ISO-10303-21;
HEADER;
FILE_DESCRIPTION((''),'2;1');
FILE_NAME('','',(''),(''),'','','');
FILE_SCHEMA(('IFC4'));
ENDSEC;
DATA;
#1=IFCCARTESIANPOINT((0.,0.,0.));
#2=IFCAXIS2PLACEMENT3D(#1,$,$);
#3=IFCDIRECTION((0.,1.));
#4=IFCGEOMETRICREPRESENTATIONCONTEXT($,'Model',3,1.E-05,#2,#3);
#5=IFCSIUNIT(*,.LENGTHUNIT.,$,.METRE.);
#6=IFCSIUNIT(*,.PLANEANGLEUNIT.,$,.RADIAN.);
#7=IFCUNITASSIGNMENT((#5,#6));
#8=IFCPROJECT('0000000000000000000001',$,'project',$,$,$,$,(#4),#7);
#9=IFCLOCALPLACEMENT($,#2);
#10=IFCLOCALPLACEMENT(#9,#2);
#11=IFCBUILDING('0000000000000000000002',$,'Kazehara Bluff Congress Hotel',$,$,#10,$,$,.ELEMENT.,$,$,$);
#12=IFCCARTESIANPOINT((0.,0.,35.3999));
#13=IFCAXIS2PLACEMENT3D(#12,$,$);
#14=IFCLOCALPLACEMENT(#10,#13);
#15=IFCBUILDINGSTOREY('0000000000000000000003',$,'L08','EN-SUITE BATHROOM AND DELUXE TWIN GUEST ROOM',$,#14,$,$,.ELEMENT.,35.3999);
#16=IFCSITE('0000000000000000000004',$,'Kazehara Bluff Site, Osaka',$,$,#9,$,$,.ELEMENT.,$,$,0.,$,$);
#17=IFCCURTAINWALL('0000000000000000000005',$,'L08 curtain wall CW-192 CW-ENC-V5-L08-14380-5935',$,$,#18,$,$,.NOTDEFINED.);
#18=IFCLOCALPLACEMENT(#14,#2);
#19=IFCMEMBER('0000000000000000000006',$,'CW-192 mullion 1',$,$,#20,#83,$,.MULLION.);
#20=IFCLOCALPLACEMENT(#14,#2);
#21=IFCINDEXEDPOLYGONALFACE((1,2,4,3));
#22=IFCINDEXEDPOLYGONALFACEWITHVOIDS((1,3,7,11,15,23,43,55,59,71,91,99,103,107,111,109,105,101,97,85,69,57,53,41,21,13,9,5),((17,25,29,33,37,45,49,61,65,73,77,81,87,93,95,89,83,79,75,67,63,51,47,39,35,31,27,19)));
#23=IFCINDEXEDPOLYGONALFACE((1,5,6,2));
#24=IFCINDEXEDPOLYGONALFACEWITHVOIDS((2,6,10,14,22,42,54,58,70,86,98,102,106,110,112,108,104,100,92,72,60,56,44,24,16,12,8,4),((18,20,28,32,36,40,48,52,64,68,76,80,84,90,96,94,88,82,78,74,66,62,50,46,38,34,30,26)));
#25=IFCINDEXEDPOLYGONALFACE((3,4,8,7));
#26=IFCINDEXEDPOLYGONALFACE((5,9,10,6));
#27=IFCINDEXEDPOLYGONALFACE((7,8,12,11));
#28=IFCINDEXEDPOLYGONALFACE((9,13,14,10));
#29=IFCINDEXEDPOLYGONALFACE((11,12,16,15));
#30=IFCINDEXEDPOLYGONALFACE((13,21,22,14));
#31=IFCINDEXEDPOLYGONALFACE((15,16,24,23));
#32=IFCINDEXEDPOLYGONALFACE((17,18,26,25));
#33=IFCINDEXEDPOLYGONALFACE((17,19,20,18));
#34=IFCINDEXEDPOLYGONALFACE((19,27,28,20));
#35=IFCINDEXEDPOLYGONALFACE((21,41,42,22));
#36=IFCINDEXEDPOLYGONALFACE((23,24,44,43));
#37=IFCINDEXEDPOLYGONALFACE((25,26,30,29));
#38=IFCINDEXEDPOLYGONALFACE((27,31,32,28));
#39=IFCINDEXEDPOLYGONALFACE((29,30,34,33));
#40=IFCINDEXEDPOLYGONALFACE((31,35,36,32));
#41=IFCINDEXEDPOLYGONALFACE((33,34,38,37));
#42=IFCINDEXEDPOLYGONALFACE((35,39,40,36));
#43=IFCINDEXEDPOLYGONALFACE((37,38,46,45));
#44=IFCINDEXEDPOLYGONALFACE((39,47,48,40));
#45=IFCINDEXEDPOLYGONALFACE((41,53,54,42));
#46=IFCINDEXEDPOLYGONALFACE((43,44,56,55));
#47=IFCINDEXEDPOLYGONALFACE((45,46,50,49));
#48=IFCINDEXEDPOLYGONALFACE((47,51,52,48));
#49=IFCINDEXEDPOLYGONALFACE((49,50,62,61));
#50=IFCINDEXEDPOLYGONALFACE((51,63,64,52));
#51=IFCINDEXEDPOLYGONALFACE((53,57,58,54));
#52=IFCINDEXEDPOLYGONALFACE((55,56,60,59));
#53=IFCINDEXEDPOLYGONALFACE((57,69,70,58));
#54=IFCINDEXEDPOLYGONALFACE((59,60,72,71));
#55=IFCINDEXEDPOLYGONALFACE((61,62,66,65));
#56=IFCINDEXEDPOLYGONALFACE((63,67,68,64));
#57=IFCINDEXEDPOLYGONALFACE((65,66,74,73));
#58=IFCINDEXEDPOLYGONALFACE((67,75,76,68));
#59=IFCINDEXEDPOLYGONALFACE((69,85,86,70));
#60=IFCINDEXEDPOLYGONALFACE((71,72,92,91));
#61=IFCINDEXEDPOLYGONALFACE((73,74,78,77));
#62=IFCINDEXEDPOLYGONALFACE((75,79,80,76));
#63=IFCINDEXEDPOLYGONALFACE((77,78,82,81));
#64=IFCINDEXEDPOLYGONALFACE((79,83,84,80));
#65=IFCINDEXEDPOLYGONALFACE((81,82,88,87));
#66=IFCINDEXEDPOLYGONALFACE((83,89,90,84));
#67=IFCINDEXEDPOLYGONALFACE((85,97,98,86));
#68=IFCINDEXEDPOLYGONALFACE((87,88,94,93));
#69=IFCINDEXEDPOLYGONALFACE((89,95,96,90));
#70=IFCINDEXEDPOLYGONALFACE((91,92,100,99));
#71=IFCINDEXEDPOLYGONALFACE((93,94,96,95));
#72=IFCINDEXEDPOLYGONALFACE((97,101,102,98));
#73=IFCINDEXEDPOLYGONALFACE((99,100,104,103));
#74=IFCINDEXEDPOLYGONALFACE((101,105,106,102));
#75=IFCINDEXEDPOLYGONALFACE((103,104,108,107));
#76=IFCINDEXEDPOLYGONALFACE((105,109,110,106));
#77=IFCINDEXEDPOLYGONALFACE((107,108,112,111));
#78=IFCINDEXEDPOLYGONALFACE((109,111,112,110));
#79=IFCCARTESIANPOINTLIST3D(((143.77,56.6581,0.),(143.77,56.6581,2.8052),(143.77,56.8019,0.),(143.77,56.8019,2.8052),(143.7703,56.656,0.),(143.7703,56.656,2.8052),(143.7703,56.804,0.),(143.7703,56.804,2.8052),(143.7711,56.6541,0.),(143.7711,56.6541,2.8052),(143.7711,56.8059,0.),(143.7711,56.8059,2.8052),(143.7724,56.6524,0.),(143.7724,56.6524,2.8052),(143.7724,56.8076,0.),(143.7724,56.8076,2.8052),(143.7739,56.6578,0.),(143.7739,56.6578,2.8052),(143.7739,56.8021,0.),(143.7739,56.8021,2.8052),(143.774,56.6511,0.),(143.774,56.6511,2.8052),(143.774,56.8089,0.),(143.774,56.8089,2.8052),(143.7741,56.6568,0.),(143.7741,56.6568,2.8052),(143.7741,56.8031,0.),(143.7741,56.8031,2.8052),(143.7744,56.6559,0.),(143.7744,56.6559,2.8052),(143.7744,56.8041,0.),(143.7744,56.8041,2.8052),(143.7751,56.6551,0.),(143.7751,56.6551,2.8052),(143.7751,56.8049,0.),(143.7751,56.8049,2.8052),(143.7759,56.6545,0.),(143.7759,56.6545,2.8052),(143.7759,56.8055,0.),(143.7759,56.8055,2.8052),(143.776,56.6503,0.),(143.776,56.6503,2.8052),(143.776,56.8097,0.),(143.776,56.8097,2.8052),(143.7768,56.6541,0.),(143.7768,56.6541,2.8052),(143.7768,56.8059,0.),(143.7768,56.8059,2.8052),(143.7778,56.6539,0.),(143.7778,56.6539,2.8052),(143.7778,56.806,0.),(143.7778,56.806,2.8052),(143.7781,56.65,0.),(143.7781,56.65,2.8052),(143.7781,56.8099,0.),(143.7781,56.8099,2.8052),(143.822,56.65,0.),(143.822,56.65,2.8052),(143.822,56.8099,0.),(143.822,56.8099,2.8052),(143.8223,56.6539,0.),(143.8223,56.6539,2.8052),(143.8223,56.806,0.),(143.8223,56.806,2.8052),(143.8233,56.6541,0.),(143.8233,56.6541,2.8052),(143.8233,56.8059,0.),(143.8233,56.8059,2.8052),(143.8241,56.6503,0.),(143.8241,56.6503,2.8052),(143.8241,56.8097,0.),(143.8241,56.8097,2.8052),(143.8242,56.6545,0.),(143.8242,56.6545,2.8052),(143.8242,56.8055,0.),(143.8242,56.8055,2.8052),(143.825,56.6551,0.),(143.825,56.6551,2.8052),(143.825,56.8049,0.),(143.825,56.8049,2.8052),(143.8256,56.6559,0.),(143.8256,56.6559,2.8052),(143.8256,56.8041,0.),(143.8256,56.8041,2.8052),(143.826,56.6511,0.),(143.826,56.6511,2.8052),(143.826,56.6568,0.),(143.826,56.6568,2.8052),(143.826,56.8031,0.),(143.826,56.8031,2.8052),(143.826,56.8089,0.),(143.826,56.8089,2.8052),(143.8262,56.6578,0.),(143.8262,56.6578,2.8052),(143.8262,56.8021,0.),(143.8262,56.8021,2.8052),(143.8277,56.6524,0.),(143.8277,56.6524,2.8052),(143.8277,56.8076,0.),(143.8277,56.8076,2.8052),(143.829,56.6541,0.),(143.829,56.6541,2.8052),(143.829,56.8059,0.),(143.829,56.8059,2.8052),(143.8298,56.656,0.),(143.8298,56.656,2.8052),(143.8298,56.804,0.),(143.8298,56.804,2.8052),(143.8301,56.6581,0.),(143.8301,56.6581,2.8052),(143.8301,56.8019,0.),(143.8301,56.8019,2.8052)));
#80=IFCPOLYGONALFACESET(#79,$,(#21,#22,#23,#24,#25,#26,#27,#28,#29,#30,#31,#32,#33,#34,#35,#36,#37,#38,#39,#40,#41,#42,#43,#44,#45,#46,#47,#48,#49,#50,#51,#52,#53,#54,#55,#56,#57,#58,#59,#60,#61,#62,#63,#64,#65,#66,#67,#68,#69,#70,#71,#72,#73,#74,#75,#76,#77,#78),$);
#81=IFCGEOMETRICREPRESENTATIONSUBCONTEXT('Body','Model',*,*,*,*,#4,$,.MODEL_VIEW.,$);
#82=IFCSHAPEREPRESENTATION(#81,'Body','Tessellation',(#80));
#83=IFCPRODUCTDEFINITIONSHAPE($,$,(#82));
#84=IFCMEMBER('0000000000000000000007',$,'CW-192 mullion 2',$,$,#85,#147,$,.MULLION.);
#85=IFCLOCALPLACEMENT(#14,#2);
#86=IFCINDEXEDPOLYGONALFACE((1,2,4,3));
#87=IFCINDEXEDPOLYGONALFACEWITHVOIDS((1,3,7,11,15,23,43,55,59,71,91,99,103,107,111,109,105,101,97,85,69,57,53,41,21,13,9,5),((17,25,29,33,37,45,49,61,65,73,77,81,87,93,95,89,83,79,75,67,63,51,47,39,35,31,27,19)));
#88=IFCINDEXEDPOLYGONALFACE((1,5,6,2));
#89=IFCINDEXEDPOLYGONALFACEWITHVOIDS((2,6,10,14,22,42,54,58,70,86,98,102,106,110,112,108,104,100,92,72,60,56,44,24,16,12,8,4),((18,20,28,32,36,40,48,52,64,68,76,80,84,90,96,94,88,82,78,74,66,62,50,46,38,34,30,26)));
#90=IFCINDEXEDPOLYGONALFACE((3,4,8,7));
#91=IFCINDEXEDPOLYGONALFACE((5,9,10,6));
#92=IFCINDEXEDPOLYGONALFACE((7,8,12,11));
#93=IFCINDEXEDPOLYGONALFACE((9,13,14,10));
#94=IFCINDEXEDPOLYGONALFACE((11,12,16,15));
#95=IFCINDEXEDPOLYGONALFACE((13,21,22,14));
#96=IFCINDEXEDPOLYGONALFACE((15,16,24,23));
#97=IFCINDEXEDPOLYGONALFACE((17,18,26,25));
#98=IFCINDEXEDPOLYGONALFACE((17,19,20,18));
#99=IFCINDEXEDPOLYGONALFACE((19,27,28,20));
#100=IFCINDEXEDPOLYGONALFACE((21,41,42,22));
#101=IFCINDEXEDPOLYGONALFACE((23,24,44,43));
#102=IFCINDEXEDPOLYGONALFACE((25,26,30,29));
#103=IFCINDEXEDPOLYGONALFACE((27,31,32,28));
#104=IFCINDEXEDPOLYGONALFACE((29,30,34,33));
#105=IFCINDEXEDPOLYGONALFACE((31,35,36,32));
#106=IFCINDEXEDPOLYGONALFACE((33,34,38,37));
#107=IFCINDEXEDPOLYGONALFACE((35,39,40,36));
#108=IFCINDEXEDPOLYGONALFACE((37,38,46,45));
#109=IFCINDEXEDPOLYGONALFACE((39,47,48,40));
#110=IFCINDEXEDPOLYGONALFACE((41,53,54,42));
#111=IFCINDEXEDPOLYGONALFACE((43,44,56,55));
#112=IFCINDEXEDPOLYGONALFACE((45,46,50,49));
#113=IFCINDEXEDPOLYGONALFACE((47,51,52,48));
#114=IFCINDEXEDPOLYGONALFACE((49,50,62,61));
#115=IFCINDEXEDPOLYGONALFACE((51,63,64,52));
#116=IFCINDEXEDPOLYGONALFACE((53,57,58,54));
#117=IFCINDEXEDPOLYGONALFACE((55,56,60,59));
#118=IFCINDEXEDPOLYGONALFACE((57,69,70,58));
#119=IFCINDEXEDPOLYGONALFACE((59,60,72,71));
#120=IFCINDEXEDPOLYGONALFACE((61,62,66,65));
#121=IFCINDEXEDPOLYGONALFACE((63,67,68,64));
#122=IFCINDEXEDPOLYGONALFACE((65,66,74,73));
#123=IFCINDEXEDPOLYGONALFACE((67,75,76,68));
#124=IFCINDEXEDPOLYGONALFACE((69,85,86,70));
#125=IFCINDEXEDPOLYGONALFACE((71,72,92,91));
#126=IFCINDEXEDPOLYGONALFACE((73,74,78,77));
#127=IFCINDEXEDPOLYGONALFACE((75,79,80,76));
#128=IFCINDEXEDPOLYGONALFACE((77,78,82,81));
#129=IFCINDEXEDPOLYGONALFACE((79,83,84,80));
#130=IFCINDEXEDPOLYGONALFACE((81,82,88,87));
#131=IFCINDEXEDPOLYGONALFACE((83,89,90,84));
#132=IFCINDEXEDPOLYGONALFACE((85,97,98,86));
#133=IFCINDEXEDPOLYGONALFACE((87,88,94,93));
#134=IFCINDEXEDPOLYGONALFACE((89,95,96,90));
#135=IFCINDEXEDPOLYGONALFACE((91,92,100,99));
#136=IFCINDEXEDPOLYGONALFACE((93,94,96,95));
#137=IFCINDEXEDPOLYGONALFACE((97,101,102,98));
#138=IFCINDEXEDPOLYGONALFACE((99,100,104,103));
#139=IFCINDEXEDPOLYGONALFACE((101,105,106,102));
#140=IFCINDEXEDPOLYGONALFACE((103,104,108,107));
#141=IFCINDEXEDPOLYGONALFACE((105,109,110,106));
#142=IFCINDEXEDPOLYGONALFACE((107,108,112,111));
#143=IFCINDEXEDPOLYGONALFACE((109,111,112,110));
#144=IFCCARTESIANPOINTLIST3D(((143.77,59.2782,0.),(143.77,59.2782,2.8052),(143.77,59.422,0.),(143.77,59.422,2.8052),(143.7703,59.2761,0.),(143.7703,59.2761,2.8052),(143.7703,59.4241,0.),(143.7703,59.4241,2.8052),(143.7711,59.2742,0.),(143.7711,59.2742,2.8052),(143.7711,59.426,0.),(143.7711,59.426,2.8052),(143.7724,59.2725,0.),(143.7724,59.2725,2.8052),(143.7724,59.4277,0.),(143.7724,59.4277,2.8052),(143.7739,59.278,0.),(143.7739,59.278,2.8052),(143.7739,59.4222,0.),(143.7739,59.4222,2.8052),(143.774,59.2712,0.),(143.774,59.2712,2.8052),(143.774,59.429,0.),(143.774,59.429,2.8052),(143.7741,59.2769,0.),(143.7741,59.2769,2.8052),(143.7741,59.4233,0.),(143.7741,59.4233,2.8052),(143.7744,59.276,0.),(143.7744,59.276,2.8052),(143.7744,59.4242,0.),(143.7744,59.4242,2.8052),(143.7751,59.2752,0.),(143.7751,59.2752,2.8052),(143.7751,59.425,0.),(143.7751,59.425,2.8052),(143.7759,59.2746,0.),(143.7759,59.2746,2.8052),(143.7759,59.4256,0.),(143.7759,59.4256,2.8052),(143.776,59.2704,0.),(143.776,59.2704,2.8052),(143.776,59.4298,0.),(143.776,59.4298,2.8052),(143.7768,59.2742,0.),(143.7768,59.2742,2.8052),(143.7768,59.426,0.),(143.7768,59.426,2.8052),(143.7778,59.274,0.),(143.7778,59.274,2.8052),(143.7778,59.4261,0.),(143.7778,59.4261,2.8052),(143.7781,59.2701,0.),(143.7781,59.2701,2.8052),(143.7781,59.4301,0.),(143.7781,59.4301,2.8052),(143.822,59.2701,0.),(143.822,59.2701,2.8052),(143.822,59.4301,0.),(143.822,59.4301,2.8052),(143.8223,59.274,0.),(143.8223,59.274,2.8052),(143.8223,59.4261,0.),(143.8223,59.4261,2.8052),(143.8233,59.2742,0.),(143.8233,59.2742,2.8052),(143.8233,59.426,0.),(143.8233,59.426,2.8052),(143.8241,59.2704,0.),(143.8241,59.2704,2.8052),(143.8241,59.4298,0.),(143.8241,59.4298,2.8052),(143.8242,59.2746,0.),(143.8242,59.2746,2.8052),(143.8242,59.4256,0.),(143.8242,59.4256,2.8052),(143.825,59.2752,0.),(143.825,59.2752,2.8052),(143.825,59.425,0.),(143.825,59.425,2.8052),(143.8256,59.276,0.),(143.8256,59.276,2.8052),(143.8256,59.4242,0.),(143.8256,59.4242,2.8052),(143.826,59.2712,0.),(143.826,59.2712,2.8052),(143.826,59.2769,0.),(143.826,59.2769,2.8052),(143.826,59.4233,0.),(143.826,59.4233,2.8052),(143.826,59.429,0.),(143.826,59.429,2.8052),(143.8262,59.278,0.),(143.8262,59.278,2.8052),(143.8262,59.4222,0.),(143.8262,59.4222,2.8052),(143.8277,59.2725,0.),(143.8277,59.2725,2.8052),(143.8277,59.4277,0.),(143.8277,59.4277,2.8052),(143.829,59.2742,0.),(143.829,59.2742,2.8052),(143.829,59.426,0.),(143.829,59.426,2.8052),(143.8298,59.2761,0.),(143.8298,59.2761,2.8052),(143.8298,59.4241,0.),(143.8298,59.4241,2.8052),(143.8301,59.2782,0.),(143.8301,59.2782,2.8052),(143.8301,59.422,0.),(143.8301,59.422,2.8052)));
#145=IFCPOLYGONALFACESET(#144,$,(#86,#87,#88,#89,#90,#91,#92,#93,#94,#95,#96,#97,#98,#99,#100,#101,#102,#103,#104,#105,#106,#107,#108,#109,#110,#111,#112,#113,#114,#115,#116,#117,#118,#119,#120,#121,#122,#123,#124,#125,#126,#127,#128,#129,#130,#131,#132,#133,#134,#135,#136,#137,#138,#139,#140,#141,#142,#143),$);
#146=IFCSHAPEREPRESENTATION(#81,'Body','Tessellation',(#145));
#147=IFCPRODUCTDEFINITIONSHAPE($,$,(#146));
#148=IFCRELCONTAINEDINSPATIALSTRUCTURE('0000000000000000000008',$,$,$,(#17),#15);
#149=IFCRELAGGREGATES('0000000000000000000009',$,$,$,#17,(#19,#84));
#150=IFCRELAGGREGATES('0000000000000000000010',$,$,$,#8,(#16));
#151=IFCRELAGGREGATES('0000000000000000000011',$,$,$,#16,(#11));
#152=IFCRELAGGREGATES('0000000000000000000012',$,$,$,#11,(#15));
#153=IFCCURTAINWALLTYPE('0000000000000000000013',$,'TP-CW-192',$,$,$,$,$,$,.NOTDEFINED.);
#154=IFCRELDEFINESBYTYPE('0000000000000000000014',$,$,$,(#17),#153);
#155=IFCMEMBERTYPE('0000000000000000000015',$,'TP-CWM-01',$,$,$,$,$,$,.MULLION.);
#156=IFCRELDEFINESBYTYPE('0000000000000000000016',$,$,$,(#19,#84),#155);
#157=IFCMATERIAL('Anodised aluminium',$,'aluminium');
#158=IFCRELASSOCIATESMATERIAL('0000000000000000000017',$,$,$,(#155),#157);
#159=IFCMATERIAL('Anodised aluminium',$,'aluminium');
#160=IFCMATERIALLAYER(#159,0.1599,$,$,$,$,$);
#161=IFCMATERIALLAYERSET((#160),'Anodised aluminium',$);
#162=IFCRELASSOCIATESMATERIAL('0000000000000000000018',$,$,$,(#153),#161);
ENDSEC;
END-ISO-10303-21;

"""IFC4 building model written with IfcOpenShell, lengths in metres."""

from ifc_helpers import new_model, si_unit, direction, frame, origin, origin_2d, place, context, subcontext, project, spatial, hollow_rectangle, extrude, material, layer, layer_set, material_profile, profile_set, type_object, element, aggregate, save


model = new_model("IFC4")

# Units and contexts
model_context = context("Model", 3, precision=1e-05, world=origin(), true_north=direction((0.0, 1.0)))
body_context = subcontext(model_context, "Body", "Model", "MODEL_VIEW")
ifc_project = project(units=[si_unit("LENGTHUNIT", "METRE"), si_unit("PLANEANGLEUNIT", "RADIAN")], contexts=[model_context])

# Site, building, storey
site_placement = place(None, origin())
site = spatial("IfcSite", under=ifc_project, at=site_placement, Name="Kazehara Bluff Site, Osaka", CompositionType="ELEMENT", RefElevation=0.0)
building_placement = place(site_placement, origin())
building = spatial("IfcBuilding", under=site, at=building_placement, Name="Kazehara Bluff Congress Hotel", CompositionType="ELEMENT")
storey_placement = place(building_placement, frame((0.0, 0.0, 35.3999)))
storey = spatial("IfcBuildingStorey", under=building, at=storey_placement, Name="L08", Description="EN-SUITE BATHROOM AND DELUXE TWIN GUEST ROOM", CompositionType="ELEMENT", Elevation=35.3999)

# Curtain wall, members
ifc_material_1 = material(Name="Anodised aluminium", Category="aluminium")
ifc_material_profile_1 = material_profile(ifc_material_1, hollow_rectangle(XDim=0.0601, YDim=0.1599, WallThickness=0.0039, InnerFilletRadius=0.0039, OuterFilletRadius=0.0081, at=origin_2d()))
ifc_profile_set_1 = profile_set([ifc_material_profile_1], Name="Anodised aluminium")
member_type_1 = type_object("IfcMemberType", Name="TP-CWM-01", PredefinedType="MULLION", material=ifc_profile_set_1)
ifc_material_2 = material(Name="Anodised aluminium", Category="aluminium")
ifc_layer_1 = layer(ifc_material_2, 0.1599)
ifc_layer_set_1 = layer_set([ifc_layer_1], Name="Anodised aluminium")
curtain_wall_type_1 = type_object("IfcCurtainWallType", Name="TP-CW-192", PredefinedType="NOTDEFINED", material=ifc_layer_set_1)
curtain_wall_1_placement = place(storey_placement, origin())
curtain_wall_1 = element("IfcCurtainWall", 1, at=curtain_wall_1_placement, inside=storey, type_object=curtain_wall_type_1, Name="L08 curtain wall CW-192 CW-ENC-V5-L08-14380-5935", PredefinedType="NOTDEFINED")
member_1_placement = place(storey_placement, frame((143.8, 56.73, 0.0), z_axis=(0.0, 0.0, 1.0), x_axis=(-1.0, 0.0, 0.0)))
member_1 = element("IfcMember", 2, at=member_1_placement, type_object=member_type_1, Name="CW-192 mullion 1", PredefinedType="MULLION", context=body_context, shape_type="SweptSolid", body=[
    extrude(hollow_rectangle(XDim=0.0601, YDim=0.1599, WallThickness=0.0039, InnerFilletRadius=0.0039, OuterFilletRadius=0.0081, at=origin_2d()), origin(), (0.0, 0.0, 1.0), 2.8052),
])
member_2_placement = place(storey_placement, frame((143.8, 59.3501, 0.0), z_axis=(0.0, 0.0, 1.0), x_axis=(-1.0, 0.0, 0.0)))
member_2 = element("IfcMember", 3, at=member_2_placement, type_object=member_type_1, Name="CW-192 mullion 2", PredefinedType="MULLION", context=body_context, shape_type="SweptSolid", body=[
    extrude(hollow_rectangle(XDim=0.0601, YDim=0.1599, WallThickness=0.0039, InnerFilletRadius=0.0039, OuterFilletRadius=0.0081, at=origin_2d()), origin(), (0.0, 0.0, 1.0), 2.8052),
])

aggregate(curtain_wall_1, [member_1, member_2])

save(model, "model.ifc")
